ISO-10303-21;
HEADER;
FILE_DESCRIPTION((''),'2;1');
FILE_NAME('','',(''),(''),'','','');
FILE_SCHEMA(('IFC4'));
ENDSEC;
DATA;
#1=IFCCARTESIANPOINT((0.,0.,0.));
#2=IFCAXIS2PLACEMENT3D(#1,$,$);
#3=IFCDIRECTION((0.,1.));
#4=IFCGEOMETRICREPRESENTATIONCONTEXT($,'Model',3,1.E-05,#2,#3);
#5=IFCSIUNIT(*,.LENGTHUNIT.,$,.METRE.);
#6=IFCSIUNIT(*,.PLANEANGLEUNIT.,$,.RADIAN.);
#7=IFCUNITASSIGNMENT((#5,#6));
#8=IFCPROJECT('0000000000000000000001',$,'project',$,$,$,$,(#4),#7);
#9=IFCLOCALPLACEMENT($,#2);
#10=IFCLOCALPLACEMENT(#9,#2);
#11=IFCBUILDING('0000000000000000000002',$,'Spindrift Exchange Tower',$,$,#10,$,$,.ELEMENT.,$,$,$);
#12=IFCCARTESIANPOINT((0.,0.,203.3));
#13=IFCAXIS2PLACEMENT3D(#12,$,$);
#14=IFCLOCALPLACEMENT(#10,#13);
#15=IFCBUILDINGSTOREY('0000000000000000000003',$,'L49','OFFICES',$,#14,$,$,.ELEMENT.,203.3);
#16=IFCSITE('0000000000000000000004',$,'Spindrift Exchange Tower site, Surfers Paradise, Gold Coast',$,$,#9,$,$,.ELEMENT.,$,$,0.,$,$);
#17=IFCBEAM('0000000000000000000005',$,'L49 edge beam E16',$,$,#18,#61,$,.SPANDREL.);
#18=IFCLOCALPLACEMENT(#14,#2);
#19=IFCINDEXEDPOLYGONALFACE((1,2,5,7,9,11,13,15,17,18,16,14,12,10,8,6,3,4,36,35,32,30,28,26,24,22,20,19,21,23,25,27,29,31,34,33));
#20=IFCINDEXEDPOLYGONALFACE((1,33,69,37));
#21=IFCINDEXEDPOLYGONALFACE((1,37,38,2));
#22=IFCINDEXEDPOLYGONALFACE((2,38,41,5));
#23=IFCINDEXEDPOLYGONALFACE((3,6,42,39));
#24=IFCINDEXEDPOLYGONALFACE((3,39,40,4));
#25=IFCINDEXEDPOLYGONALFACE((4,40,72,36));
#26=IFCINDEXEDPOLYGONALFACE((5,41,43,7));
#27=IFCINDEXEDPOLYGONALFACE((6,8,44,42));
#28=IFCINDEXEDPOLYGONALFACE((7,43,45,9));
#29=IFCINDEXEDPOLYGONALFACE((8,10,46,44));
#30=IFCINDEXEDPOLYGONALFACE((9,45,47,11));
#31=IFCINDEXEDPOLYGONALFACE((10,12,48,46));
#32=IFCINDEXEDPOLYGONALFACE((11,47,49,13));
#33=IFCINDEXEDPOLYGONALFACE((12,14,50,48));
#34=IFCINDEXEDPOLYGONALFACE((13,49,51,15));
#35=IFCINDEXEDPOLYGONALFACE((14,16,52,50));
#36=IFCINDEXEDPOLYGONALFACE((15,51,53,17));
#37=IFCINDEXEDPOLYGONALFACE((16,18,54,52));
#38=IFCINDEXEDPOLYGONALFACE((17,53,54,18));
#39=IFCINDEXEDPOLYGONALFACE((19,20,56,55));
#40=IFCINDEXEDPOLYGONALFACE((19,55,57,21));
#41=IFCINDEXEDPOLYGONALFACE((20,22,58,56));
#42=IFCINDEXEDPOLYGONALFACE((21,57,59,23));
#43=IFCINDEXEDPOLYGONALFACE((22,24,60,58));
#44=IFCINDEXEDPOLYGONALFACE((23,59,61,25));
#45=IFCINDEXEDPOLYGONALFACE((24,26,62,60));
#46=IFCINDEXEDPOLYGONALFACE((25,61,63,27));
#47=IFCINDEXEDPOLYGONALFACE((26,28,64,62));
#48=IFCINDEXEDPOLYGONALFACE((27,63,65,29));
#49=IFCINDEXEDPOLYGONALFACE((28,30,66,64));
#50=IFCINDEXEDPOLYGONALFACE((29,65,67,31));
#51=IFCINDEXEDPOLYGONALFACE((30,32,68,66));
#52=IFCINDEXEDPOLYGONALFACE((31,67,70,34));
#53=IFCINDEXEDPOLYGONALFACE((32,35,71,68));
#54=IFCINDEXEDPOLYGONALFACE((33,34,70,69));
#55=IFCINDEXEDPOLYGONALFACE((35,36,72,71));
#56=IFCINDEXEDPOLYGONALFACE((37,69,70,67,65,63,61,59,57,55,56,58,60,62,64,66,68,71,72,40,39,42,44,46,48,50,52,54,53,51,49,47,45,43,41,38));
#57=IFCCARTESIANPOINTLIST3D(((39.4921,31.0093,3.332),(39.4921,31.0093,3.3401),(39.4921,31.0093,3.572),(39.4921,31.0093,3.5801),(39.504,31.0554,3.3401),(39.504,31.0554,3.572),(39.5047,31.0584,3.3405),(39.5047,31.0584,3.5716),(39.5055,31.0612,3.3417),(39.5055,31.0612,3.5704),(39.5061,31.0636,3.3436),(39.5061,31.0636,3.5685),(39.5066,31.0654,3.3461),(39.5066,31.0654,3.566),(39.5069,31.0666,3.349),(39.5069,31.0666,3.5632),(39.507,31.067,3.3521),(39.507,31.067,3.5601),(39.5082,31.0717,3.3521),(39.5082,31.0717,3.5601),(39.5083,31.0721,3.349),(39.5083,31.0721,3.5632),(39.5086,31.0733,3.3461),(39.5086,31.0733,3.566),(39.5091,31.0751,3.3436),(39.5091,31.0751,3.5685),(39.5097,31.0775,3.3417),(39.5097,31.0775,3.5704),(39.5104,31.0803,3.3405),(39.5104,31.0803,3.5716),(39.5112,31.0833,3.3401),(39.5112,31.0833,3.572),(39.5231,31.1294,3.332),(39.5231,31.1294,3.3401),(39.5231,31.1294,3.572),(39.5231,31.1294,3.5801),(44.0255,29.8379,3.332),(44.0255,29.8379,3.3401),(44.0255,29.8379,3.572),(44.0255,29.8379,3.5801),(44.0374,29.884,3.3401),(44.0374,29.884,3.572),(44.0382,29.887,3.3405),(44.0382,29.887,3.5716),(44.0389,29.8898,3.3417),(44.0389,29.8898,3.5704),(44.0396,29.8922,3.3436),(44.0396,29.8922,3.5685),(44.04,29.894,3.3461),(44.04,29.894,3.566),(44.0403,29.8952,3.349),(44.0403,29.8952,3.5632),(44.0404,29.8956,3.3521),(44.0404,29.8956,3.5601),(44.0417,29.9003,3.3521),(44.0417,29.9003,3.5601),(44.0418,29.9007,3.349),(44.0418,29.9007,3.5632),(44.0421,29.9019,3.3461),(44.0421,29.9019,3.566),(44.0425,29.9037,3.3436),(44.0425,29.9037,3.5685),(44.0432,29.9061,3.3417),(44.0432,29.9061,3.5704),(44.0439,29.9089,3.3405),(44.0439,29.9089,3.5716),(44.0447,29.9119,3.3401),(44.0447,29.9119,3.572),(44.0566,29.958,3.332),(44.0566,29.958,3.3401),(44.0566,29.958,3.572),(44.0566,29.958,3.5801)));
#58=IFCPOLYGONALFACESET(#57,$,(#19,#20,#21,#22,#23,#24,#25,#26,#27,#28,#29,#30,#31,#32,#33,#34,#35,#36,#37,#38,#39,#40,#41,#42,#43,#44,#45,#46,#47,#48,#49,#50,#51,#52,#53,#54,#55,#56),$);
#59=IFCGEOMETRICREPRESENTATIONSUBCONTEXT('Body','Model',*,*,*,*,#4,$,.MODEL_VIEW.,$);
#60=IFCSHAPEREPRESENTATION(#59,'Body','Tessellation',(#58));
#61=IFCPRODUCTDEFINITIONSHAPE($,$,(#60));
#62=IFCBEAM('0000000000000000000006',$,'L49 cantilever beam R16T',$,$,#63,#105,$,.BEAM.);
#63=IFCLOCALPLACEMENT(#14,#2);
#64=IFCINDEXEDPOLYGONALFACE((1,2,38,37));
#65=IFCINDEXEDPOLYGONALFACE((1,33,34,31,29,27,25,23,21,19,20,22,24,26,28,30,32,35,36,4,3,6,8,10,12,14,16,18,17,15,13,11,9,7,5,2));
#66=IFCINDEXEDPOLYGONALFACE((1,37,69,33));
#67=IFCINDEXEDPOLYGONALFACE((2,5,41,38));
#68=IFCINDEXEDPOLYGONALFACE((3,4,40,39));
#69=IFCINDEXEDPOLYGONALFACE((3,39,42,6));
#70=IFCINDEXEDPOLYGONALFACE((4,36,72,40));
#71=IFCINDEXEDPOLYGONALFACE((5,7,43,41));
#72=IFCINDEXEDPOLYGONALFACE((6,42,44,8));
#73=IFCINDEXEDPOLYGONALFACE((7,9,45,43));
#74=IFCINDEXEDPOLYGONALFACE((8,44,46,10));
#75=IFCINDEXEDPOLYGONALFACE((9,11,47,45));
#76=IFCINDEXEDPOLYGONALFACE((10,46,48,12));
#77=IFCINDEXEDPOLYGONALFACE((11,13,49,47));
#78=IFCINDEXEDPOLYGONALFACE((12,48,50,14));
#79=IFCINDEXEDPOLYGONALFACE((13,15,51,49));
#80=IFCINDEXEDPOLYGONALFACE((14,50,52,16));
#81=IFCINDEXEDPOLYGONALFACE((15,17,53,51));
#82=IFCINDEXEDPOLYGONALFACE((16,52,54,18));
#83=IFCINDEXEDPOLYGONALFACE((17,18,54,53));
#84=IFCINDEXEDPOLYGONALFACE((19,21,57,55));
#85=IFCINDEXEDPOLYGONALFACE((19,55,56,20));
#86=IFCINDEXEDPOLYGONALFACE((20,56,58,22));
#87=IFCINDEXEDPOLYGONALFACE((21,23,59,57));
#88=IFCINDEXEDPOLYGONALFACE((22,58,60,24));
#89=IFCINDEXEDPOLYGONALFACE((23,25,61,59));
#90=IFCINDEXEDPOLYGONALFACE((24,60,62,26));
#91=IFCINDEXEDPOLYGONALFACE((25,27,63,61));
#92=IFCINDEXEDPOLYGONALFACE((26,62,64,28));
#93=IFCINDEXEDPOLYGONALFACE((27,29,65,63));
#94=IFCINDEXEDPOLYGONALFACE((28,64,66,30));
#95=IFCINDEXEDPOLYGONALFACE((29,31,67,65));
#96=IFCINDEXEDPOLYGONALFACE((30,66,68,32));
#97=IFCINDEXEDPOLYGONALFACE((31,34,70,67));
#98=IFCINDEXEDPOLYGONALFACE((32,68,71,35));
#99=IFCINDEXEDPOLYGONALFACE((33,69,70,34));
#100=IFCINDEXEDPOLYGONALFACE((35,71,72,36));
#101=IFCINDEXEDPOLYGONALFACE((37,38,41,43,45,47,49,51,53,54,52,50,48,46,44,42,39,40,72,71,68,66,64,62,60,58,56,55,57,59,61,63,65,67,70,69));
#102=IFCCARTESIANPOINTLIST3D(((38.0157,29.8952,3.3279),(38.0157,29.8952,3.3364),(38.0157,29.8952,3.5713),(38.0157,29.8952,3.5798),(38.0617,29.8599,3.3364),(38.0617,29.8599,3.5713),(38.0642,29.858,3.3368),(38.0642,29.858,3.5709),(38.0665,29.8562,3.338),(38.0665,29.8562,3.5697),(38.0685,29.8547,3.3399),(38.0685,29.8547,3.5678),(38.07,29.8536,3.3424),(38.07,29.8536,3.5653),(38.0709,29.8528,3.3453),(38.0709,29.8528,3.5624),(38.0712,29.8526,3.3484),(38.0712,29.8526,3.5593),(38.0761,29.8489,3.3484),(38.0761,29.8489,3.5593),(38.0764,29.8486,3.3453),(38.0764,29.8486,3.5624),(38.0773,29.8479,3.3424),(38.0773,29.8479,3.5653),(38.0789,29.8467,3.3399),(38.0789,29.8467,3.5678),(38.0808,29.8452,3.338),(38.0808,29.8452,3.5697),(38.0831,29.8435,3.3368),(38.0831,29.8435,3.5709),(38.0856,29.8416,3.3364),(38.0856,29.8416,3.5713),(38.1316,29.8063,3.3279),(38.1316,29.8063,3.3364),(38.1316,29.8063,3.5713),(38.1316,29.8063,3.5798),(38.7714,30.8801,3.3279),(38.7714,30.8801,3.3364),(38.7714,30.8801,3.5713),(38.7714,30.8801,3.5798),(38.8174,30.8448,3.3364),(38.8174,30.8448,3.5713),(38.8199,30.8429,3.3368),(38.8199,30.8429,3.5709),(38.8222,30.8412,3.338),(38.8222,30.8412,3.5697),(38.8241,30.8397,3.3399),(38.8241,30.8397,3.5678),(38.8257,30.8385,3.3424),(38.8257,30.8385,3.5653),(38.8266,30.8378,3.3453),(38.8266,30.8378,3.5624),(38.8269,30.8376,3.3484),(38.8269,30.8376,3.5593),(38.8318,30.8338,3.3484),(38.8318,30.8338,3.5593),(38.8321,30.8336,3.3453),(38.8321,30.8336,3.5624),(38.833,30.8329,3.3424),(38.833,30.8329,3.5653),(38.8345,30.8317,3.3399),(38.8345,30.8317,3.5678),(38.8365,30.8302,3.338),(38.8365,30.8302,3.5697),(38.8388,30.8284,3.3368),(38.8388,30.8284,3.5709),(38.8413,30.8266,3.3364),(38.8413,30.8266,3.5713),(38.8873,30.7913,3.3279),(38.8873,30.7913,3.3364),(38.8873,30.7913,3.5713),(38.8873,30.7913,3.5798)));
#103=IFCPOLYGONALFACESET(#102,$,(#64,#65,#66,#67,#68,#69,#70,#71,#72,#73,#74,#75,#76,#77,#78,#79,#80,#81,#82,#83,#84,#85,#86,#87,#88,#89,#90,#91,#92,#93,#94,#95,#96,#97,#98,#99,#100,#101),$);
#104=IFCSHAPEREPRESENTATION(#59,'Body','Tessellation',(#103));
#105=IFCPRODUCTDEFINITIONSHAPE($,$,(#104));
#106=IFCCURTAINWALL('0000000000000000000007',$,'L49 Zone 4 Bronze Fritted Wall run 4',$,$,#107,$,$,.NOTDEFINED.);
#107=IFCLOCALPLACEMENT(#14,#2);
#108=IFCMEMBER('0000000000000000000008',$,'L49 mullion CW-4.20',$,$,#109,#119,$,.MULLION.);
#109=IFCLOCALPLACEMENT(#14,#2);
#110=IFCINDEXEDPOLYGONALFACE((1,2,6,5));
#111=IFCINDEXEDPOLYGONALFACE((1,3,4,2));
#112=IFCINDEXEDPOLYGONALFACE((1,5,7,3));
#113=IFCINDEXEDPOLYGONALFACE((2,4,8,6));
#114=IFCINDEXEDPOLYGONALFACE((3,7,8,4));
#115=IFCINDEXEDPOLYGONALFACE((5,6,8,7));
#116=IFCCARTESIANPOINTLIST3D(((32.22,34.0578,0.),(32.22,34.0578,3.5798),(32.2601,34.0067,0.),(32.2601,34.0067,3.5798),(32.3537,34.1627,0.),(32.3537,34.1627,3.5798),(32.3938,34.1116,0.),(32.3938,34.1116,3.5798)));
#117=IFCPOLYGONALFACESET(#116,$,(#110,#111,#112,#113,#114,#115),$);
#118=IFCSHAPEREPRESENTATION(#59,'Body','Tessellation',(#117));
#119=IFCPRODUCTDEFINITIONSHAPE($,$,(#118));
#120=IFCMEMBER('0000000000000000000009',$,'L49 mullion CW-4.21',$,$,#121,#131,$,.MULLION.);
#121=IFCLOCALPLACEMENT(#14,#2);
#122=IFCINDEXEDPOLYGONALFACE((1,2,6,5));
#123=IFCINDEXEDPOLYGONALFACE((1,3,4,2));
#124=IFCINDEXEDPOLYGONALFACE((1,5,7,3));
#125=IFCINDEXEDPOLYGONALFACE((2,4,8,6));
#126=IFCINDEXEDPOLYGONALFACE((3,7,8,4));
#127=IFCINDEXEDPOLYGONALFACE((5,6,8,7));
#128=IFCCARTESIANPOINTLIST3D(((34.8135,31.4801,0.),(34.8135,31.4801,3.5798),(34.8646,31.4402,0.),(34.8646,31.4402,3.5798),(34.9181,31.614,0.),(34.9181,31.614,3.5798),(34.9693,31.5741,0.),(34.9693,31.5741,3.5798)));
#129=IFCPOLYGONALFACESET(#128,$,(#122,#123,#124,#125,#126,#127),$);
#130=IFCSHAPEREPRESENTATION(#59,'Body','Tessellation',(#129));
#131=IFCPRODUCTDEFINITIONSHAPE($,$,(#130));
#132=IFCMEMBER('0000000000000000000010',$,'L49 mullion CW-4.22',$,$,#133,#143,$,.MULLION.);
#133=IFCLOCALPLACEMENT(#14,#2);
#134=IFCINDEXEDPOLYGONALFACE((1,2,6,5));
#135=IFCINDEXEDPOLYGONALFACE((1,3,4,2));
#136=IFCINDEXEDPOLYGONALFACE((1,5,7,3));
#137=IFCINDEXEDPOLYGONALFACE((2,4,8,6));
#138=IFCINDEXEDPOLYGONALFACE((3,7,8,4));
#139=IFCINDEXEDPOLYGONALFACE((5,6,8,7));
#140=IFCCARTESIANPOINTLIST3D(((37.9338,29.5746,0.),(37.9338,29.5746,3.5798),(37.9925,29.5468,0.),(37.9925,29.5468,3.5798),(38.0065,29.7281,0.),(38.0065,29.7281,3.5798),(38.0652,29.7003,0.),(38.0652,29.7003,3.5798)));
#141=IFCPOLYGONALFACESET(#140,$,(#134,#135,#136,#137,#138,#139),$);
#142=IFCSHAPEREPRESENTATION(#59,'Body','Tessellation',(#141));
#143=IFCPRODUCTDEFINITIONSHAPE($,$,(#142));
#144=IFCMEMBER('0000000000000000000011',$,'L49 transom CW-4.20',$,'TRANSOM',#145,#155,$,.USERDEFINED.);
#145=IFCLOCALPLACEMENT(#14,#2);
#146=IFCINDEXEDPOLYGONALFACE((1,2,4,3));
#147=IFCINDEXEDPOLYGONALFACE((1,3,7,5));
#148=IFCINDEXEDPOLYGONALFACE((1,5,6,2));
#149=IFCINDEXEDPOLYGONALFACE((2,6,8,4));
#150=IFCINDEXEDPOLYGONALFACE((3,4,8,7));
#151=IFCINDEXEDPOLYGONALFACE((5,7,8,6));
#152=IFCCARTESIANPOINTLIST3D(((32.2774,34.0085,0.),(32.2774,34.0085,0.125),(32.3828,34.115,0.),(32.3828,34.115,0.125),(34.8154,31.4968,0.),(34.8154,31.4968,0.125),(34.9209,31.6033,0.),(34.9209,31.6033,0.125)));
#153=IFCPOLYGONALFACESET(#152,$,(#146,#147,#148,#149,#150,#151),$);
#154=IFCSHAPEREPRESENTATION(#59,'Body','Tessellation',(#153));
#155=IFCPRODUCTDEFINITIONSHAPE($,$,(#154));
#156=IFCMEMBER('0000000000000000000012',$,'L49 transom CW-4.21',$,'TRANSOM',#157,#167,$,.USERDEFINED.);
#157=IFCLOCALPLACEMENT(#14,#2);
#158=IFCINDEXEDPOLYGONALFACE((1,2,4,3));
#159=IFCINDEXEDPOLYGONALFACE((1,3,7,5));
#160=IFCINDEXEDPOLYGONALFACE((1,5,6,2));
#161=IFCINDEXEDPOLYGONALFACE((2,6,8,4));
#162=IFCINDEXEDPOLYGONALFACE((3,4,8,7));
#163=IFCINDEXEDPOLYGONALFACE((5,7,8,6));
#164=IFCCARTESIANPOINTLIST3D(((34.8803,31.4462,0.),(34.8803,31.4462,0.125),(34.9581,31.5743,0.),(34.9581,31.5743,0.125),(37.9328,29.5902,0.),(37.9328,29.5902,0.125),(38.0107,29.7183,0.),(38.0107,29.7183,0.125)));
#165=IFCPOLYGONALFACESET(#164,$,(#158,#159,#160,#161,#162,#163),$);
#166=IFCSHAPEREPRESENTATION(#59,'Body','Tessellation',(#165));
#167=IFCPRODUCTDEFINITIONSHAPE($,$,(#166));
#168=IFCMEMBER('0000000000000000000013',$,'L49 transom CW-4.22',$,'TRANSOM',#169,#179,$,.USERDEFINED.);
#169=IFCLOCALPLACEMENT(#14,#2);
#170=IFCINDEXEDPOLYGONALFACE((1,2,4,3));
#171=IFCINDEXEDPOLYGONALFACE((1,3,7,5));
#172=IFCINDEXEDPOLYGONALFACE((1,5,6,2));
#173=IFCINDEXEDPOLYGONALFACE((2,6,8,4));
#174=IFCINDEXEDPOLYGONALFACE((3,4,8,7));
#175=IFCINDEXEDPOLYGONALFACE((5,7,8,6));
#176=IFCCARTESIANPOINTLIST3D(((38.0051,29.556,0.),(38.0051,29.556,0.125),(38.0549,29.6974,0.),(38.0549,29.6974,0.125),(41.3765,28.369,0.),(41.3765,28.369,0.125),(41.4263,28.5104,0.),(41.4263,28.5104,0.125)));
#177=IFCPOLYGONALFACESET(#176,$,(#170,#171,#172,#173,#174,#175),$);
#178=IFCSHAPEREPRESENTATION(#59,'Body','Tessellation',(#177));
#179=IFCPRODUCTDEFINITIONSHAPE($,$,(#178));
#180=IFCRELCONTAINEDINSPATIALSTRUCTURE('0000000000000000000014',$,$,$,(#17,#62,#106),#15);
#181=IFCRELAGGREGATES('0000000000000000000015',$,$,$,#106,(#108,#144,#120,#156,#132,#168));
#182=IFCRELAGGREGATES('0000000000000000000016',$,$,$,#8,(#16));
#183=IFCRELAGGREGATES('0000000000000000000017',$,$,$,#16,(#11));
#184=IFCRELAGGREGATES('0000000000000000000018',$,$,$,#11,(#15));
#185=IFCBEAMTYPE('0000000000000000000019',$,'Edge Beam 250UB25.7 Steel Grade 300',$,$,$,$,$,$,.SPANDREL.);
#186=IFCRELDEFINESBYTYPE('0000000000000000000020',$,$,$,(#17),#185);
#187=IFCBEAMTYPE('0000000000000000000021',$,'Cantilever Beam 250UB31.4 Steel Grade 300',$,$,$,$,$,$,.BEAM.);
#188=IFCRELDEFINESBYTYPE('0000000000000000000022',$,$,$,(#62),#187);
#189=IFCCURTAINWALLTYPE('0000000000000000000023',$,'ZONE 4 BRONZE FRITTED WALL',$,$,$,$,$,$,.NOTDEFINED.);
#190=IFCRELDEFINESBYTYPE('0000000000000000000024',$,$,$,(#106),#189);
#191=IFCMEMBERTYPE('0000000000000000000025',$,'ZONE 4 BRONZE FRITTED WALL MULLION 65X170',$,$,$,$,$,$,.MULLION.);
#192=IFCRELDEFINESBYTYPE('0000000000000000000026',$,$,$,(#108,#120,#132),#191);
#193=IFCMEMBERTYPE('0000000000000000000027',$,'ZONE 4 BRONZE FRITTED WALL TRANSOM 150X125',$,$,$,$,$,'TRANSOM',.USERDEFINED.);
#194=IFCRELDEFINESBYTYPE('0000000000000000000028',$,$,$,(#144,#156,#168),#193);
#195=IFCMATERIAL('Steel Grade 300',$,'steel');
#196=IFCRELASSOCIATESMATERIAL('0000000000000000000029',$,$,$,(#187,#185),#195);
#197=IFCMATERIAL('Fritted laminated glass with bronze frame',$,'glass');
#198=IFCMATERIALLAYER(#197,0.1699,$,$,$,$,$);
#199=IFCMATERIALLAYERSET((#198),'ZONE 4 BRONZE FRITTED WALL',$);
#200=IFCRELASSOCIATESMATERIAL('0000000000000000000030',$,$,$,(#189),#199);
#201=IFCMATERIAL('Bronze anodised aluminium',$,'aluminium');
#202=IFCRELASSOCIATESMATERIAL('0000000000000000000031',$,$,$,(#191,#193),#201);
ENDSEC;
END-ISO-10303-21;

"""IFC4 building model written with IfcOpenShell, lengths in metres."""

from ifc_helpers import new_model, si_unit, direction, frame, origin, origin_2d, place, context, subcontext, project, spatial, rectangle, i_section, extrude, source, transform, mapped, material, layer, layer_set, material_profile, profile_set, type_object, element, aggregate, save


model = new_model("IFC4")

# Units and contexts
model_context = context("Model", 3, precision=1e-05, world=origin(), true_north=direction((0.0, 1.0)))
body_context = subcontext(model_context, "Body", "Model", "MODEL_VIEW")
ifc_project = project(units=[si_unit("LENGTHUNIT", "METRE"), si_unit("PLANEANGLEUNIT", "RADIAN")], contexts=[model_context])

# Site, building, storey
site_placement = place(None, origin())
site = spatial("IfcSite", under=ifc_project, at=site_placement, Name="Spindrift Exchange Tower site, Surfers Paradise, Gold Coast", CompositionType="ELEMENT", RefElevation=0.0)
building_placement = place(site_placement, origin())
building = spatial("IfcBuilding", under=site, at=building_placement, Name="Spindrift Exchange Tower", CompositionType="ELEMENT")
storey_placement = place(building_placement, frame((0.0, 0.0, 203.3)))
storey = spatial("IfcBuildingStorey", under=building, at=storey_placement, Name="L49", Description="OFFICES", CompositionType="ELEMENT", Elevation=203.3)

# Beams
ifc_material_1 = material(Name="Steel Grade 300", Category="steel")
ifc_material_profile_1 = material_profile(ifc_material_1, i_section(OverallWidth=0.146, OverallDepth=0.252, WebThickness=0.0061, FlangeThickness=0.0085, FilletRadius=0.012, at=origin_2d()), Name="250UB31.4")
ifc_profile_set_1 = profile_set([ifc_material_profile_1], Name="Steel Grade 300")
beam_type_1 = type_object("IfcBeamType", Name="Cantilever Beam 250UB31.4 Steel Grade 300", PredefinedType="BEAM", material=ifc_profile_set_1)
ifc_material_profile_2 = material_profile(ifc_material_1, i_section(OverallWidth=0.124, OverallDepth=0.248, WebThickness=0.0049, FlangeThickness=0.0081, FilletRadius=0.012, at=origin_2d()), Name="250UB25.7")
ifc_profile_set_2 = profile_set([ifc_material_profile_2], Name="Steel Grade 300")
beam_type_2 = type_object("IfcBeamType", Name="Edge Beam 250UB25.7 Steel Grade 300", PredefinedType="SPANDREL", material=ifc_profile_set_2)
shared_shape_1 = source(origin(), body_context, "Body", "SweptSolid", [
    extrude(i_section(OverallWidth=0.124, OverallDepth=0.248, WebThickness=0.0049, FlangeThickness=0.0081, FilletRadius=0.012, at=origin_2d()), origin(), (0.0, 0.0, 1.0), 4.6824),
])
beam_1_placement = place(storey_placement, frame((39.5076, 31.0693, 3.4561), z_axis=(0.968202, -0.250171, 0.0), x_axis=(0.250171, 0.968202, 0.0)))
element("IfcBeam", 1, at=beam_1_placement, inside=storey, type_object=beam_type_2, Name="L49 edge beam E16", PredefinedType="SPANDREL", context=body_context, shape_type="MappedRepresentation", body=[
    mapped(shared_shape_1, transform((0.0, 0.0, 0.0), scale=1.0)),
])
shared_shape_2 = source(origin(), body_context, "Body", "SweptSolid", [
    extrude(i_section(OverallWidth=0.146, OverallDepth=0.252, WebThickness=0.0061, FlangeThickness=0.0085, FilletRadius=0.012, at=origin_2d()), origin(), (0.0, 0.0, 1.0), 1.2415),
])
beam_2_placement = place(storey_placement, frame((38.8293, 30.8357, 3.4539), z_axis=(-0.608712, -0.793391, 0.0), x_axis=(0.793391, -0.608712, 0.0)))
element("IfcBeam", 2, at=beam_2_placement, inside=storey, type_object=beam_type_1, Name="L49 cantilever beam R16T", PredefinedType="BEAM", context=body_context, shape_type="MappedRepresentation", body=[
    mapped(shared_shape_2, transform((0.0, 0.0, 0.0), scale=1.0)),
])

# Curtain wall, members
ifc_material_2 = material(Name="Fritted laminated glass with bronze frame", Category="glass")
ifc_layer_1 = layer(ifc_material_2, 0.1699)
ifc_layer_set_1 = layer_set([ifc_layer_1], Name="ZONE 4 BRONZE FRITTED WALL")
curtain_wall_type = type_object("IfcCurtainWallType", Name="ZONE 4 BRONZE FRITTED WALL", PredefinedType="NOTDEFINED", material=ifc_layer_set_1)
curtain_wall_placement = place(storey_placement, origin())
curtain_wall = element("IfcCurtainWall", 3, at=curtain_wall_placement, inside=storey, type_object=curtain_wall_type, Name="L49 Zone 4 Bronze Fritted Wall run 4", PredefinedType="NOTDEFINED")
ifc_material_3 = material(Name="Bronze anodised aluminium", Category="aluminium")
ifc_material_profile_3 = material_profile(ifc_material_3, rectangle(XDim=0.0649, YDim=0.1699, at=origin_2d()), Name="ZONE 4 BRONZE FRITTED WALL MULLION 65X170")
ifc_profile_set_3 = profile_set([ifc_material_profile_3], Name="Bronze anodised aluminium")
member_type_1 = type_object("IfcMemberType", Name="ZONE 4 BRONZE FRITTED WALL MULLION 65X170", PredefinedType="MULLION", material=ifc_profile_set_3)
shared_shape_3 = source(origin(), body_context, "Body", "SweptSolid", [
    extrude(rectangle(XDim=0.0649, YDim=0.1699, at=origin_2d()), origin(), (0.0, 0.0, 1.0), 3.5798),
])
member_1_placement = place(storey_placement, frame((32.3069, 34.0847, 0.0), z_axis=(0.0, 0.0, 1.0), x_axis=(0.61719, -0.786814, 0.0)))
member_1 = element("IfcMember", 4, at=member_1_placement, type_object=member_type_1, Name="L49 mullion CW-4.20", PredefinedType="MULLION", context=body_context, shape_type="MappedRepresentation", body=[
    mapped(shared_shape_3, transform((0.0, 0.0, 0.0), scale=1.0)),
])
member_2_placement = place(storey_placement, frame((34.8914, 31.5271, 0.0), z_axis=(0.0, 0.0, 1.0), x_axis=(0.788013, -0.615658, 0.0)))
member_2 = element("IfcMember", 5, at=member_2_placement, type_object=member_type_1, Name="L49 mullion CW-4.21", PredefinedType="MULLION", context=body_context, shape_type="MappedRepresentation", body=[
    mapped(shared_shape_3, transform((0.0, 0.0, 0.0), scale=1.0)),
])
member_3_placement = place(storey_placement, frame((37.9995, 29.6375, 0.0), z_axis=(0.0, 0.0, 1.0), x_axis=(0.903724, -0.428116, 0.0)))
member_3 = element("IfcMember", 6, at=member_3_placement, type_object=member_type_1, Name="L49 mullion CW-4.22", PredefinedType="MULLION", context=body_context, shape_type="MappedRepresentation", body=[
    mapped(shared_shape_3, transform((0.0, 0.0, 0.0), scale=1.0)),
])
ifc_material_profile_4 = material_profile(ifc_material_3, rectangle(XDim=0.1499, YDim=0.125, at=origin_2d()), Name="ZONE 4 BRONZE FRITTED WALL TRANSOM 150X125")
ifc_profile_set_4 = profile_set([ifc_material_profile_4], Name="Bronze anodised aluminium")
member_type_2 = type_object("IfcMemberType", Name="ZONE 4 BRONZE FRITTED WALL TRANSOM 150X125", ElementType="TRANSOM", PredefinedType="USERDEFINED", material=ifc_profile_set_4)
shared_shape_4 = source(origin(), body_context, "Body", "SweptSolid", [
    extrude(rectangle(XDim=0.1499, YDim=0.125, at=origin_2d()), origin(), (0.0, 0.0, 1.0), 3.5708),
])
member_4_placement = place(storey_placement, frame((32.3301, 34.0618, 0.0625), z_axis=(0.710789, -0.703405, 0.0), x_axis=(0.703405, 0.710789, 0.0)))
member_4 = element("IfcMember", 7, at=member_4_placement, type_object=member_type_2, Name="L49 transom CW-4.20", ObjectType="TRANSOM", PredefinedType="USERDEFINED", context=body_context, shape_type="MappedRepresentation", body=[
    mapped(shared_shape_4, transform((0.0, 0.0, 0.0), scale=1.0)),
])
shared_shape_5 = source(origin(), body_context, "Body", "SweptSolid", [
    extrude(rectangle(XDim=0.1499, YDim=0.125, at=origin_2d()), origin(), (0.0, 0.0, 1.0), 3.5725),
])
member_5_placement = place(storey_placement, frame((34.9192, 31.5103, 0.0625), z_axis=(0.854457, -0.519522, 0.0), x_axis=(0.519522, 0.854457, 0.0)))
member_5 = element("IfcMember", 8, at=member_5_placement, type_object=member_type_2, Name="L49 transom CW-4.21", ObjectType="TRANSOM", PredefinedType="USERDEFINED", context=body_context, shape_type="MappedRepresentation", body=[
    mapped(shared_shape_5, transform((0.0, 0.0, 0.0), scale=1.0)),
])
shared_shape_6 = source(origin(), body_context, "Body", "SweptSolid", [
    extrude(rectangle(XDim=0.1499, YDim=0.125, at=origin_2d()), origin(), (0.0, 0.0, 1.0), 3.5742),
])
member_6_placement = place(storey_placement, frame((38.03, 29.6267, 0.0625), z_axis=(0.943242, -0.332105, 0.0), x_axis=(0.332105, 0.943242, 0.0)))
member_6 = element("IfcMember", 9, at=member_6_placement, type_object=member_type_2, Name="L49 transom CW-4.22", ObjectType="TRANSOM", PredefinedType="USERDEFINED", context=body_context, shape_type="MappedRepresentation", body=[
    mapped(shared_shape_6, transform((0.0, 0.0, 0.0), scale=1.0)),
])

aggregate(curtain_wall, [member_1, member_4, member_2, member_5, member_3, member_6])

save(model, "model.ifc")
